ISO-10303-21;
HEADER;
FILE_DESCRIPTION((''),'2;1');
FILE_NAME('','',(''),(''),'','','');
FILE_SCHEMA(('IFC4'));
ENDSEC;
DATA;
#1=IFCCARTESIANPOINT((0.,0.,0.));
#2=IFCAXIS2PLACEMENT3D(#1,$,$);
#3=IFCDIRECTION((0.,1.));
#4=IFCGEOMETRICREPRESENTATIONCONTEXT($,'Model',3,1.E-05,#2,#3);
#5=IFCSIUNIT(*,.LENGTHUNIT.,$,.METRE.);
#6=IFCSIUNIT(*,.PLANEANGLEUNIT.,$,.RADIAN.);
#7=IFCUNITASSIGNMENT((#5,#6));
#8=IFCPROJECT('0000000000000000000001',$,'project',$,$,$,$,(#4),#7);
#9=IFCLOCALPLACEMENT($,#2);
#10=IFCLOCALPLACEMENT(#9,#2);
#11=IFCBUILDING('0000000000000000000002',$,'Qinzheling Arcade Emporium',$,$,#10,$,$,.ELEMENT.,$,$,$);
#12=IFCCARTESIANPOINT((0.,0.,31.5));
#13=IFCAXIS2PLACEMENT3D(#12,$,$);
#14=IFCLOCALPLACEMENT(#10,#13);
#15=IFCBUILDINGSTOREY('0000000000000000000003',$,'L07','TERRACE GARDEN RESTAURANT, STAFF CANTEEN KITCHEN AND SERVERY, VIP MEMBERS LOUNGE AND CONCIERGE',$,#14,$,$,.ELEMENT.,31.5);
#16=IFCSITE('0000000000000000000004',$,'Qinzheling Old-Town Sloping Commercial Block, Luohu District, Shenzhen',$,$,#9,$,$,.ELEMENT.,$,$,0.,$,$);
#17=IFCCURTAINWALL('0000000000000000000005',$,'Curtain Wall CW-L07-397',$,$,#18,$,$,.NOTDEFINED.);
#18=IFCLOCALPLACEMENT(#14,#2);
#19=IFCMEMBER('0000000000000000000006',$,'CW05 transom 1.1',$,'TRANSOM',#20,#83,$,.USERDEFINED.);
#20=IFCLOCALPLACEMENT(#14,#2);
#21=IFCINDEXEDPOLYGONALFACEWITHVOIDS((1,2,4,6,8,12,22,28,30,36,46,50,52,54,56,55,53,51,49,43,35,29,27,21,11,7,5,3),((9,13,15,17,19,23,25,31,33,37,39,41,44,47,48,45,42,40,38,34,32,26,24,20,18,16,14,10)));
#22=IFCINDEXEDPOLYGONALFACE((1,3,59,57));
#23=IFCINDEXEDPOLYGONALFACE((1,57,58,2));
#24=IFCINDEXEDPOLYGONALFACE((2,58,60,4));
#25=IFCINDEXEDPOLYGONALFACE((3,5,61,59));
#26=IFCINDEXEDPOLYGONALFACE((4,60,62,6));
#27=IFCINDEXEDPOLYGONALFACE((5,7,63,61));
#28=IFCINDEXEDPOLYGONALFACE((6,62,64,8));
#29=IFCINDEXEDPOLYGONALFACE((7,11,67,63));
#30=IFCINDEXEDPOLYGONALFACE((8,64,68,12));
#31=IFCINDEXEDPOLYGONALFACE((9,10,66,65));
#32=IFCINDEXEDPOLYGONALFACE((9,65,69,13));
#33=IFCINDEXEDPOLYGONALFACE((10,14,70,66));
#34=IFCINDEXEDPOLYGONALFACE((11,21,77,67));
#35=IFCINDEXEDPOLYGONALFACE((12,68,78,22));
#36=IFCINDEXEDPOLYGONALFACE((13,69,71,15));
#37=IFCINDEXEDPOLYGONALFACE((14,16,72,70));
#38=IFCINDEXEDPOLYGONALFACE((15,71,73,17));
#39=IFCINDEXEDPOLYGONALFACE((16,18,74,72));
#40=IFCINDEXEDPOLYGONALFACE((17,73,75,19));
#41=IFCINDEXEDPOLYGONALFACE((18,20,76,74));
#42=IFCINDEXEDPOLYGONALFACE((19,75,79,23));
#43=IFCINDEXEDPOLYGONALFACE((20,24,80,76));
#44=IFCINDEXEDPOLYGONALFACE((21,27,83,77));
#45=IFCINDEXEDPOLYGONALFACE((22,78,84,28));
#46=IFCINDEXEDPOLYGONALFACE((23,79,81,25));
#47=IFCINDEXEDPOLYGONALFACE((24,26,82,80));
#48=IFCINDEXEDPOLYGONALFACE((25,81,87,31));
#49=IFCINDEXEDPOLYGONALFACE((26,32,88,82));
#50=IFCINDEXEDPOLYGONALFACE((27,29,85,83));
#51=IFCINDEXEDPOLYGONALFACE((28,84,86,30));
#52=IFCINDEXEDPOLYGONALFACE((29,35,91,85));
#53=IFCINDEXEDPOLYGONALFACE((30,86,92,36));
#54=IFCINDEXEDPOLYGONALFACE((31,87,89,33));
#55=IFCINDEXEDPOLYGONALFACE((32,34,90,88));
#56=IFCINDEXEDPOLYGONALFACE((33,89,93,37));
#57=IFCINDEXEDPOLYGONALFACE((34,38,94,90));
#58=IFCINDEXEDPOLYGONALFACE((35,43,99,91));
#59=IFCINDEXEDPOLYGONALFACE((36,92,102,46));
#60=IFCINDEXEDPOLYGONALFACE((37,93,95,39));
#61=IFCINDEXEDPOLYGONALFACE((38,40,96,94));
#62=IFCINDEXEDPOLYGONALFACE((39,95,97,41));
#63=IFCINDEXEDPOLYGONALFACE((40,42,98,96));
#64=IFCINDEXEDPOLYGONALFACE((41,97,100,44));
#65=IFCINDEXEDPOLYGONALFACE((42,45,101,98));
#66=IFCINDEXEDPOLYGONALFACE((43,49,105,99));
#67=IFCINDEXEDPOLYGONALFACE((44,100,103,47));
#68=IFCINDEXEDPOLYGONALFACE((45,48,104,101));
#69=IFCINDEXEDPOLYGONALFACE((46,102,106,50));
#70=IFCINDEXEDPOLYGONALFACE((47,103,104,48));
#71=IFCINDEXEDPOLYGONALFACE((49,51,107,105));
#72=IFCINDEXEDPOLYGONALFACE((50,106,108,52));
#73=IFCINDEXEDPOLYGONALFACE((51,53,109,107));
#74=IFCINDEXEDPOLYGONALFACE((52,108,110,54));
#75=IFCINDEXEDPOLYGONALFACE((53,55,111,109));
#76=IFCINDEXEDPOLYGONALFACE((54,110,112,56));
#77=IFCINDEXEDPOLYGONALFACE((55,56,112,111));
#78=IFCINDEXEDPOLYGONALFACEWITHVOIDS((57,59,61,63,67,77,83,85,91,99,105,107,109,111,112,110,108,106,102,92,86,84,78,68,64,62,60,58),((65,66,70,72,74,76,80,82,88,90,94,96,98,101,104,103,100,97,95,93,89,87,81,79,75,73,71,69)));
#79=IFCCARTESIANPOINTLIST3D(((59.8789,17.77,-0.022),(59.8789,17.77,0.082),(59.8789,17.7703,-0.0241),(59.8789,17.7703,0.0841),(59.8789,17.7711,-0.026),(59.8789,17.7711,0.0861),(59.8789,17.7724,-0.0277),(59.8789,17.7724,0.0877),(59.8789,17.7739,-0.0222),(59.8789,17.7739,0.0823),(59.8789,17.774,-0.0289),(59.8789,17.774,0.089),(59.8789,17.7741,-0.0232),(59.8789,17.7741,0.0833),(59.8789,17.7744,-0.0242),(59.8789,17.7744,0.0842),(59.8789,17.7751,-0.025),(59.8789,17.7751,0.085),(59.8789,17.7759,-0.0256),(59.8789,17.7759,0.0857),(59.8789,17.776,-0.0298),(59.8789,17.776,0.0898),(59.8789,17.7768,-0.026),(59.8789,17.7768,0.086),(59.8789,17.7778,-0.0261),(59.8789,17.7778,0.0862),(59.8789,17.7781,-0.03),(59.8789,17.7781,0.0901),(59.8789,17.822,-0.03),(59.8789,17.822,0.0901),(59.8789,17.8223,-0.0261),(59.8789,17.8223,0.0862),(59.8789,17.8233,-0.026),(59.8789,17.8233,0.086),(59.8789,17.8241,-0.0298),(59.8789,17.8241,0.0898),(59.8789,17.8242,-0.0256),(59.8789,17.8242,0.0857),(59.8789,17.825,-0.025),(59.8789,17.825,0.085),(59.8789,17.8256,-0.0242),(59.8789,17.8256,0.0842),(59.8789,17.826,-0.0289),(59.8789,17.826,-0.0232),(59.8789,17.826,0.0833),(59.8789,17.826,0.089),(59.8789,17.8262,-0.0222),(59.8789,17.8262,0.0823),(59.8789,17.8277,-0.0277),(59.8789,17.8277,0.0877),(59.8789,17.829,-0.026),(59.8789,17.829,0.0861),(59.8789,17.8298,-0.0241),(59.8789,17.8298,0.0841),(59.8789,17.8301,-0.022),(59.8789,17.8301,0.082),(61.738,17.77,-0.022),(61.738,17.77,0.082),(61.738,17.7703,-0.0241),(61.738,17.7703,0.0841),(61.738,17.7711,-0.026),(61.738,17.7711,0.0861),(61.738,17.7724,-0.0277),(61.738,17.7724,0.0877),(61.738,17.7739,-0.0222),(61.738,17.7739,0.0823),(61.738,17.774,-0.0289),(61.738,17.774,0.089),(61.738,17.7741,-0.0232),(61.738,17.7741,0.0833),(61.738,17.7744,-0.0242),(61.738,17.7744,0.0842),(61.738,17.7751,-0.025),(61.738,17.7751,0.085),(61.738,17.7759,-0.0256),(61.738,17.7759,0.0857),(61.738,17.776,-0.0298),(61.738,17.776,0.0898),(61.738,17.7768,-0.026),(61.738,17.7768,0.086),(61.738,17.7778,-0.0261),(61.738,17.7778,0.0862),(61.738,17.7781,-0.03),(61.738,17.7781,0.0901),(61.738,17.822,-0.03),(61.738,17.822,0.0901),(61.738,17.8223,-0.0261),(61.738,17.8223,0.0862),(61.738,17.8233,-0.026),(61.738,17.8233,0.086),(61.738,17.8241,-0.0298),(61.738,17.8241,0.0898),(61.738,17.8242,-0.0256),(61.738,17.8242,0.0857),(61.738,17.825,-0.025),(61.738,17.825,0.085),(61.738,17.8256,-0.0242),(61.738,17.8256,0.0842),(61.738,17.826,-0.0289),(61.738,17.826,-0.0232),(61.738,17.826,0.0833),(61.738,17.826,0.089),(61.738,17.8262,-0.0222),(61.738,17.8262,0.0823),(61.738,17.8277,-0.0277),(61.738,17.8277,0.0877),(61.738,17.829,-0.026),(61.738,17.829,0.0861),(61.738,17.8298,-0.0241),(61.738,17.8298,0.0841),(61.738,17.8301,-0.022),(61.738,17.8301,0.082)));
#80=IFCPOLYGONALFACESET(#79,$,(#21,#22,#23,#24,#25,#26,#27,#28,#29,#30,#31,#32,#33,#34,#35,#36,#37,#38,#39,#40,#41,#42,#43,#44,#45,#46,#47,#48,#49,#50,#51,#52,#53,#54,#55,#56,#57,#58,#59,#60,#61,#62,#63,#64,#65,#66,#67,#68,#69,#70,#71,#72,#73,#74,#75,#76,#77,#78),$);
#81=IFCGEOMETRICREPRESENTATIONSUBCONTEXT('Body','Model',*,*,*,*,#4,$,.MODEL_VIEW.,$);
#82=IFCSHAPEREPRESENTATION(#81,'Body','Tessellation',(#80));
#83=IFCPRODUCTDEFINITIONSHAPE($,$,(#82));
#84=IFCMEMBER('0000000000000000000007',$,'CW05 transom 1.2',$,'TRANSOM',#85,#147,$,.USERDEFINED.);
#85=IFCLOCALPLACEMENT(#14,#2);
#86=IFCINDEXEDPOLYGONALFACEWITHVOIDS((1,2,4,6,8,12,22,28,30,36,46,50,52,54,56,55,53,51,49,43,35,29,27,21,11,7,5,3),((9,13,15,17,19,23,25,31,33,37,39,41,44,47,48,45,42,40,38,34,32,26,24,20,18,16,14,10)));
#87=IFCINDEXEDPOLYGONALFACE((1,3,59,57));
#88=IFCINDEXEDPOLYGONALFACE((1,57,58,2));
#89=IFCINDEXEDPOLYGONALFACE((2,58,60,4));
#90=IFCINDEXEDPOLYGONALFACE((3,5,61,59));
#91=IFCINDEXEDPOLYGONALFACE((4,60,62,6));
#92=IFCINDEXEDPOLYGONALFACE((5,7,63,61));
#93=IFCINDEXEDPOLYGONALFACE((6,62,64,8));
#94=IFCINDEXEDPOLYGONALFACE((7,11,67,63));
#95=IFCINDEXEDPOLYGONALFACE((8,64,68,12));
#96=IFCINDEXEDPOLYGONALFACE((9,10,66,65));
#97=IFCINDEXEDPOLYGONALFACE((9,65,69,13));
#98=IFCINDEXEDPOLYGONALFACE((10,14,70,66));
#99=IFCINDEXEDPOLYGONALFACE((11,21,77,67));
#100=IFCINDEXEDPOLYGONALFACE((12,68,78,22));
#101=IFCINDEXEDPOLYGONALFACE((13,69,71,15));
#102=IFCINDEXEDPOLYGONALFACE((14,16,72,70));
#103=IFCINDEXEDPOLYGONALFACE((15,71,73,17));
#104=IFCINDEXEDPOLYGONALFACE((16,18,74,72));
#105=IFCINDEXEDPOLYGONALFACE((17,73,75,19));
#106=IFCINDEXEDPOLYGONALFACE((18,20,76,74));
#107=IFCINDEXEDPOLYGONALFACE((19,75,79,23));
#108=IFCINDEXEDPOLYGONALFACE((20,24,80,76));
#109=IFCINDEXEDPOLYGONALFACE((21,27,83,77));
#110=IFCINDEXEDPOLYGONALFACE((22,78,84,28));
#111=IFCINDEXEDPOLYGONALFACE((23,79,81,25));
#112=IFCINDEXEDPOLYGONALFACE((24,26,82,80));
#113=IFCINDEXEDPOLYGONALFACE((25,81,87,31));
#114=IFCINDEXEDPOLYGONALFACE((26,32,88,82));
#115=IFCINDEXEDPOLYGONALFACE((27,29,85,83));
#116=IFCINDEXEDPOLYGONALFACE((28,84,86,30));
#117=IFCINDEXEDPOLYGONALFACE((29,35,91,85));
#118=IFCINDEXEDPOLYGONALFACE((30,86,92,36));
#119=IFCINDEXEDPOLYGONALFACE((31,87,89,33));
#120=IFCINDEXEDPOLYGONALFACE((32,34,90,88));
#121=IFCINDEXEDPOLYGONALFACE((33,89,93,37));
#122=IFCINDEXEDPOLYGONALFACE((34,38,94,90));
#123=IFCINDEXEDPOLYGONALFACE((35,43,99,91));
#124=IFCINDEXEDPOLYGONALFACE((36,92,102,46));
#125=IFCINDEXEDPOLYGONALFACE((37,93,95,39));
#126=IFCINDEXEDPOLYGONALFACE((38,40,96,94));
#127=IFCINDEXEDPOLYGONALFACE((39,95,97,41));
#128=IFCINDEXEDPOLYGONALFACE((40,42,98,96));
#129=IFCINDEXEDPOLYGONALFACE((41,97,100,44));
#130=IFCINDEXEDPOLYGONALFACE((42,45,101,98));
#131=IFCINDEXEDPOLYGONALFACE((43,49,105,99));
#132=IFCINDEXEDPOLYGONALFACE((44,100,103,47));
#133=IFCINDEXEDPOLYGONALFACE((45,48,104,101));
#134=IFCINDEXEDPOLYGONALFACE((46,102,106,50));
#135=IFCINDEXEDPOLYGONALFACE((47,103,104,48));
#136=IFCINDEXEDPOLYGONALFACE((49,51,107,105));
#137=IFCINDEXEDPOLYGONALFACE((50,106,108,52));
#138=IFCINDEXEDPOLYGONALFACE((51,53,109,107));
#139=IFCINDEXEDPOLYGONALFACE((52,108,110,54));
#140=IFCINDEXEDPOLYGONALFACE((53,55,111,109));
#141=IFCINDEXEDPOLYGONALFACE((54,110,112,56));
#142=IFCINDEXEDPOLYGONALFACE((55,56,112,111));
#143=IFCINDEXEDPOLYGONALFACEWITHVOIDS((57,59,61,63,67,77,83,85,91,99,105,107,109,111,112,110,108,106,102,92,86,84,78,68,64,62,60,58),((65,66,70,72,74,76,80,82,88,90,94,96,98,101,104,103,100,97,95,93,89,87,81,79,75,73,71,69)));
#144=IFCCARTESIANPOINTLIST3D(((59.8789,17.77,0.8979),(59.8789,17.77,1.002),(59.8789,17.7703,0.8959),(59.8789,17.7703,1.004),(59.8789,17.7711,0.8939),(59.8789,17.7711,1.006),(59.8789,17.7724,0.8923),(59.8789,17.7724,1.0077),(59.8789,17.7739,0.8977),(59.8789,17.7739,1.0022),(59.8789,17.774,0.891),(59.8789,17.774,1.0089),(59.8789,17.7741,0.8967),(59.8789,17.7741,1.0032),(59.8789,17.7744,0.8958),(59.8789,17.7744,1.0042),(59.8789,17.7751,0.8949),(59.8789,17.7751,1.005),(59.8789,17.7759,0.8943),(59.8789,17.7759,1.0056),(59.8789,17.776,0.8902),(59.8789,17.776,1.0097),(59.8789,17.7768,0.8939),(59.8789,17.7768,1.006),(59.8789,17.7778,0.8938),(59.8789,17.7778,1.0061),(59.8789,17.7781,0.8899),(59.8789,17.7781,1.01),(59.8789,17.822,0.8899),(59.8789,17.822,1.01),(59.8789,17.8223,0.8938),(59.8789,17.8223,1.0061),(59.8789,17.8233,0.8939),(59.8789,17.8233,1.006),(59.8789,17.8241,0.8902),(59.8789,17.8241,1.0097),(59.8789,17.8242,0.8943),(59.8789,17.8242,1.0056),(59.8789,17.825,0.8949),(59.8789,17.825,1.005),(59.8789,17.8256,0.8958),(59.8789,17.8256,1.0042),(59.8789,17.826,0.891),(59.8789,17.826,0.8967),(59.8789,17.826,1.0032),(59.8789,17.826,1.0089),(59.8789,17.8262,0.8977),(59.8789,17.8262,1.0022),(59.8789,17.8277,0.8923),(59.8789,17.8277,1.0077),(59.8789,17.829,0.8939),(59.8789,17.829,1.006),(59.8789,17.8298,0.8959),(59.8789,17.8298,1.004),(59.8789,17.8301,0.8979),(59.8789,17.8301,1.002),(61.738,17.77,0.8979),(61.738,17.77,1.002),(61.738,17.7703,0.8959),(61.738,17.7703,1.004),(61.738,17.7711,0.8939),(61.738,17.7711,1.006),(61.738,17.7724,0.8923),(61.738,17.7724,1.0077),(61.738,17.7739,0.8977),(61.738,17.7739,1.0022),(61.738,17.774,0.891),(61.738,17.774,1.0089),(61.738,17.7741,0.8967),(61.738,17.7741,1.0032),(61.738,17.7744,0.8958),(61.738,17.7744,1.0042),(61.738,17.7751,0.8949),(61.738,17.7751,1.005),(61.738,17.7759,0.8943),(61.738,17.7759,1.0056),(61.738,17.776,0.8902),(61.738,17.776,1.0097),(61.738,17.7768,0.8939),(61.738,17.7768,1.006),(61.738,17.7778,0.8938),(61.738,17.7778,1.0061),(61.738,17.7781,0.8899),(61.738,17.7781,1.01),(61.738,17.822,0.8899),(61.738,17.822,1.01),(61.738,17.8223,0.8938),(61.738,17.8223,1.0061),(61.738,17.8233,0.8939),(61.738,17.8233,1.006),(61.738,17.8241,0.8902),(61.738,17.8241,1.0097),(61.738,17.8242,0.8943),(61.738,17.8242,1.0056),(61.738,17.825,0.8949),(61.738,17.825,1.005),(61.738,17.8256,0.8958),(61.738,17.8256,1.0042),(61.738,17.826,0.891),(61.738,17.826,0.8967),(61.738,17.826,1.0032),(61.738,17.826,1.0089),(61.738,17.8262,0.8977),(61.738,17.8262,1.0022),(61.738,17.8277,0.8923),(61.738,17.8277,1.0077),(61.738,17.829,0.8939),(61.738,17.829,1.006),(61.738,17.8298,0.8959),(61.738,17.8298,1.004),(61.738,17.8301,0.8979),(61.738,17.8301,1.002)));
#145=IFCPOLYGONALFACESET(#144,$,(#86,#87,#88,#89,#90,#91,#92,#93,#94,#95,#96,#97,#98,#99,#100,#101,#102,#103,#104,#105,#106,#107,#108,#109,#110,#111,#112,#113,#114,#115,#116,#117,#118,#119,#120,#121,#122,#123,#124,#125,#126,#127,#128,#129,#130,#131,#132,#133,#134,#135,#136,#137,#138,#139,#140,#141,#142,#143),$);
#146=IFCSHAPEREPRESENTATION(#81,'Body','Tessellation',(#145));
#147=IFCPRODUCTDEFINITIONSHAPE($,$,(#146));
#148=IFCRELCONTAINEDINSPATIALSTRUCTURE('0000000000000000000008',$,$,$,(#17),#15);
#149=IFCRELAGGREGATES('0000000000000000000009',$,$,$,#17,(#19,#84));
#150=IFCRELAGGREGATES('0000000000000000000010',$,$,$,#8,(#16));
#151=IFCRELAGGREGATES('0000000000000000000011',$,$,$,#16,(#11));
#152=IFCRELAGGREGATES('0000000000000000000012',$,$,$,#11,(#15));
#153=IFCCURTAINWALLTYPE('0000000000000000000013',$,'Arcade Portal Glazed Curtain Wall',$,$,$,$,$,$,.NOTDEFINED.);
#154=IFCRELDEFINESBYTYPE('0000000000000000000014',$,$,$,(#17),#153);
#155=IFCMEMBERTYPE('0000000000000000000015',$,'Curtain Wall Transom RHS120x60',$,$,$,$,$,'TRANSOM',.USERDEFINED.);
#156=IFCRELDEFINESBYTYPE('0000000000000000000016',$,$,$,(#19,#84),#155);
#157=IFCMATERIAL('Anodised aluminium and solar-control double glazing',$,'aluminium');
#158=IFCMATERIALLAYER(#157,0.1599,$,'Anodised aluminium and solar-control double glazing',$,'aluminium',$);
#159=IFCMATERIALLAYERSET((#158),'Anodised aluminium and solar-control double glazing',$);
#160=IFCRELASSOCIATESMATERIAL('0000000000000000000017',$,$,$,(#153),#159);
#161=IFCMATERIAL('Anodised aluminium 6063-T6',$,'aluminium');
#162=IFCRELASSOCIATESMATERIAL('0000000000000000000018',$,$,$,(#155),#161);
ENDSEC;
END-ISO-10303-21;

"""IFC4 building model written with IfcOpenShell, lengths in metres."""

from ifc_helpers import new_model, si_unit, direction, frame, origin, origin_2d, place, context, subcontext, project, spatial, hollow_rectangle, extrude, material, layer, layer_set, material_profile, profile_set, type_object, element, aggregate, save


model = new_model("IFC4")

# Units and contexts
model_context = context("Model", 3, precision=1e-05, world=origin(), true_north=direction((0.0, 1.0)))
body_context = subcontext(model_context, "Body", "Model", "MODEL_VIEW")
ifc_project = project(units=[si_unit("LENGTHUNIT", "METRE"), si_unit("PLANEANGLEUNIT", "RADIAN")], contexts=[model_context])

# Site, building, storey
site_placement = place(None, origin())
site = spatial("IfcSite", under=ifc_project, at=site_placement, Name="Qinzheling Old-Town Sloping Commercial Block, Luohu District, Shenzhen", CompositionType="ELEMENT", RefElevation=0.0)
building_placement = place(site_placement, origin())
building = spatial("IfcBuilding", under=site, at=building_placement, Name="Qinzheling Arcade Emporium", CompositionType="ELEMENT")
storey_placement = place(building_placement, frame((0.0, 0.0, 31.5)))
storey = spatial("IfcBuildingStorey", under=building, at=storey_placement, Name="L07", Description="TERRACE GARDEN RESTAURANT, STAFF CANTEEN KITCHEN AND SERVERY, VIP MEMBERS LOUNGE AND CONCIERGE", CompositionType="ELEMENT", Elevation=31.5)

# Curtain wall, members
ifc_material_1 = material(Name="Anodised aluminium and solar-control double glazing", Category="aluminium")
ifc_layer_1 = layer(ifc_material_1, 0.1599, Name="Anodised aluminium and solar-control double glazing", Category="aluminium")
ifc_layer_set_1 = layer_set([ifc_layer_1], Name="Anodised aluminium and solar-control double glazing")
curtain_wall_type = type_object("IfcCurtainWallType", Name="Arcade Portal Glazed Curtain Wall", PredefinedType="NOTDEFINED", material=ifc_layer_set_1)
curtain_wall_placement = place(storey_placement, origin())
curtain_wall = element("IfcCurtainWall", 1, at=curtain_wall_placement, inside=storey, type_object=curtain_wall_type, Name="Curtain Wall CW-L07-397", PredefinedType="NOTDEFINED")
ifc_material_2 = material(Name="Anodised aluminium 6063-T6", Category="aluminium")
ifc_material_profile_1 = material_profile(ifc_material_2, hollow_rectangle(XDim=0.0601, YDim=0.1201, WallThickness=0.0039, InnerFilletRadius=0.0039, OuterFilletRadius=0.0081, at=origin_2d()), Name="RHS 120x60x4", Category="aluminium")
ifc_profile_set_1 = profile_set([ifc_material_profile_1], Name="Anodised aluminium 6063-T6")
member_type_1 = type_object("IfcMemberType", Name="Curtain Wall Transom RHS120x60", ElementType="TRANSOM", PredefinedType="USERDEFINED", material=ifc_profile_set_1)
member_1_placement = place(storey_placement, frame((61.738, 17.8, 0.03), z_axis=(-1.0, 0.0, 0.0), x_axis=(0.0, -1.0, 0.0)))
member_1 = element("IfcMember", 2, at=member_1_placement, type_object=member_type_1, Name="CW05 transom 1.1", ObjectType="TRANSOM", PredefinedType="USERDEFINED", context=body_context, shape_type="SweptSolid", body=[
    extrude(hollow_rectangle(XDim=0.0601, YDim=0.1201, WallThickness=0.0039, InnerFilletRadius=0.0039, OuterFilletRadius=0.0081, at=origin_2d()), origin(), (0.0, 0.0, 1.0), 1.8591),
])
member_2_placement = place(storey_placement, frame((61.738, 17.8, 0.95), z_axis=(-1.0, 0.0, 0.0), x_axis=(0.0, -1.0, 0.0)))
member_2 = element("IfcMember", 3, at=member_2_placement, type_object=member_type_1, Name="CW05 transom 1.2", ObjectType="TRANSOM", PredefinedType="USERDEFINED", context=body_context, shape_type="SweptSolid", body=[
    extrude(hollow_rectangle(XDim=0.0601, YDim=0.1201, WallThickness=0.0039, InnerFilletRadius=0.0039, OuterFilletRadius=0.0081, at=origin_2d()), origin(), (0.0, 0.0, 1.0), 1.8591),
])

aggregate(curtain_wall, [member_1, member_2])

save(model, "model.ifc")
